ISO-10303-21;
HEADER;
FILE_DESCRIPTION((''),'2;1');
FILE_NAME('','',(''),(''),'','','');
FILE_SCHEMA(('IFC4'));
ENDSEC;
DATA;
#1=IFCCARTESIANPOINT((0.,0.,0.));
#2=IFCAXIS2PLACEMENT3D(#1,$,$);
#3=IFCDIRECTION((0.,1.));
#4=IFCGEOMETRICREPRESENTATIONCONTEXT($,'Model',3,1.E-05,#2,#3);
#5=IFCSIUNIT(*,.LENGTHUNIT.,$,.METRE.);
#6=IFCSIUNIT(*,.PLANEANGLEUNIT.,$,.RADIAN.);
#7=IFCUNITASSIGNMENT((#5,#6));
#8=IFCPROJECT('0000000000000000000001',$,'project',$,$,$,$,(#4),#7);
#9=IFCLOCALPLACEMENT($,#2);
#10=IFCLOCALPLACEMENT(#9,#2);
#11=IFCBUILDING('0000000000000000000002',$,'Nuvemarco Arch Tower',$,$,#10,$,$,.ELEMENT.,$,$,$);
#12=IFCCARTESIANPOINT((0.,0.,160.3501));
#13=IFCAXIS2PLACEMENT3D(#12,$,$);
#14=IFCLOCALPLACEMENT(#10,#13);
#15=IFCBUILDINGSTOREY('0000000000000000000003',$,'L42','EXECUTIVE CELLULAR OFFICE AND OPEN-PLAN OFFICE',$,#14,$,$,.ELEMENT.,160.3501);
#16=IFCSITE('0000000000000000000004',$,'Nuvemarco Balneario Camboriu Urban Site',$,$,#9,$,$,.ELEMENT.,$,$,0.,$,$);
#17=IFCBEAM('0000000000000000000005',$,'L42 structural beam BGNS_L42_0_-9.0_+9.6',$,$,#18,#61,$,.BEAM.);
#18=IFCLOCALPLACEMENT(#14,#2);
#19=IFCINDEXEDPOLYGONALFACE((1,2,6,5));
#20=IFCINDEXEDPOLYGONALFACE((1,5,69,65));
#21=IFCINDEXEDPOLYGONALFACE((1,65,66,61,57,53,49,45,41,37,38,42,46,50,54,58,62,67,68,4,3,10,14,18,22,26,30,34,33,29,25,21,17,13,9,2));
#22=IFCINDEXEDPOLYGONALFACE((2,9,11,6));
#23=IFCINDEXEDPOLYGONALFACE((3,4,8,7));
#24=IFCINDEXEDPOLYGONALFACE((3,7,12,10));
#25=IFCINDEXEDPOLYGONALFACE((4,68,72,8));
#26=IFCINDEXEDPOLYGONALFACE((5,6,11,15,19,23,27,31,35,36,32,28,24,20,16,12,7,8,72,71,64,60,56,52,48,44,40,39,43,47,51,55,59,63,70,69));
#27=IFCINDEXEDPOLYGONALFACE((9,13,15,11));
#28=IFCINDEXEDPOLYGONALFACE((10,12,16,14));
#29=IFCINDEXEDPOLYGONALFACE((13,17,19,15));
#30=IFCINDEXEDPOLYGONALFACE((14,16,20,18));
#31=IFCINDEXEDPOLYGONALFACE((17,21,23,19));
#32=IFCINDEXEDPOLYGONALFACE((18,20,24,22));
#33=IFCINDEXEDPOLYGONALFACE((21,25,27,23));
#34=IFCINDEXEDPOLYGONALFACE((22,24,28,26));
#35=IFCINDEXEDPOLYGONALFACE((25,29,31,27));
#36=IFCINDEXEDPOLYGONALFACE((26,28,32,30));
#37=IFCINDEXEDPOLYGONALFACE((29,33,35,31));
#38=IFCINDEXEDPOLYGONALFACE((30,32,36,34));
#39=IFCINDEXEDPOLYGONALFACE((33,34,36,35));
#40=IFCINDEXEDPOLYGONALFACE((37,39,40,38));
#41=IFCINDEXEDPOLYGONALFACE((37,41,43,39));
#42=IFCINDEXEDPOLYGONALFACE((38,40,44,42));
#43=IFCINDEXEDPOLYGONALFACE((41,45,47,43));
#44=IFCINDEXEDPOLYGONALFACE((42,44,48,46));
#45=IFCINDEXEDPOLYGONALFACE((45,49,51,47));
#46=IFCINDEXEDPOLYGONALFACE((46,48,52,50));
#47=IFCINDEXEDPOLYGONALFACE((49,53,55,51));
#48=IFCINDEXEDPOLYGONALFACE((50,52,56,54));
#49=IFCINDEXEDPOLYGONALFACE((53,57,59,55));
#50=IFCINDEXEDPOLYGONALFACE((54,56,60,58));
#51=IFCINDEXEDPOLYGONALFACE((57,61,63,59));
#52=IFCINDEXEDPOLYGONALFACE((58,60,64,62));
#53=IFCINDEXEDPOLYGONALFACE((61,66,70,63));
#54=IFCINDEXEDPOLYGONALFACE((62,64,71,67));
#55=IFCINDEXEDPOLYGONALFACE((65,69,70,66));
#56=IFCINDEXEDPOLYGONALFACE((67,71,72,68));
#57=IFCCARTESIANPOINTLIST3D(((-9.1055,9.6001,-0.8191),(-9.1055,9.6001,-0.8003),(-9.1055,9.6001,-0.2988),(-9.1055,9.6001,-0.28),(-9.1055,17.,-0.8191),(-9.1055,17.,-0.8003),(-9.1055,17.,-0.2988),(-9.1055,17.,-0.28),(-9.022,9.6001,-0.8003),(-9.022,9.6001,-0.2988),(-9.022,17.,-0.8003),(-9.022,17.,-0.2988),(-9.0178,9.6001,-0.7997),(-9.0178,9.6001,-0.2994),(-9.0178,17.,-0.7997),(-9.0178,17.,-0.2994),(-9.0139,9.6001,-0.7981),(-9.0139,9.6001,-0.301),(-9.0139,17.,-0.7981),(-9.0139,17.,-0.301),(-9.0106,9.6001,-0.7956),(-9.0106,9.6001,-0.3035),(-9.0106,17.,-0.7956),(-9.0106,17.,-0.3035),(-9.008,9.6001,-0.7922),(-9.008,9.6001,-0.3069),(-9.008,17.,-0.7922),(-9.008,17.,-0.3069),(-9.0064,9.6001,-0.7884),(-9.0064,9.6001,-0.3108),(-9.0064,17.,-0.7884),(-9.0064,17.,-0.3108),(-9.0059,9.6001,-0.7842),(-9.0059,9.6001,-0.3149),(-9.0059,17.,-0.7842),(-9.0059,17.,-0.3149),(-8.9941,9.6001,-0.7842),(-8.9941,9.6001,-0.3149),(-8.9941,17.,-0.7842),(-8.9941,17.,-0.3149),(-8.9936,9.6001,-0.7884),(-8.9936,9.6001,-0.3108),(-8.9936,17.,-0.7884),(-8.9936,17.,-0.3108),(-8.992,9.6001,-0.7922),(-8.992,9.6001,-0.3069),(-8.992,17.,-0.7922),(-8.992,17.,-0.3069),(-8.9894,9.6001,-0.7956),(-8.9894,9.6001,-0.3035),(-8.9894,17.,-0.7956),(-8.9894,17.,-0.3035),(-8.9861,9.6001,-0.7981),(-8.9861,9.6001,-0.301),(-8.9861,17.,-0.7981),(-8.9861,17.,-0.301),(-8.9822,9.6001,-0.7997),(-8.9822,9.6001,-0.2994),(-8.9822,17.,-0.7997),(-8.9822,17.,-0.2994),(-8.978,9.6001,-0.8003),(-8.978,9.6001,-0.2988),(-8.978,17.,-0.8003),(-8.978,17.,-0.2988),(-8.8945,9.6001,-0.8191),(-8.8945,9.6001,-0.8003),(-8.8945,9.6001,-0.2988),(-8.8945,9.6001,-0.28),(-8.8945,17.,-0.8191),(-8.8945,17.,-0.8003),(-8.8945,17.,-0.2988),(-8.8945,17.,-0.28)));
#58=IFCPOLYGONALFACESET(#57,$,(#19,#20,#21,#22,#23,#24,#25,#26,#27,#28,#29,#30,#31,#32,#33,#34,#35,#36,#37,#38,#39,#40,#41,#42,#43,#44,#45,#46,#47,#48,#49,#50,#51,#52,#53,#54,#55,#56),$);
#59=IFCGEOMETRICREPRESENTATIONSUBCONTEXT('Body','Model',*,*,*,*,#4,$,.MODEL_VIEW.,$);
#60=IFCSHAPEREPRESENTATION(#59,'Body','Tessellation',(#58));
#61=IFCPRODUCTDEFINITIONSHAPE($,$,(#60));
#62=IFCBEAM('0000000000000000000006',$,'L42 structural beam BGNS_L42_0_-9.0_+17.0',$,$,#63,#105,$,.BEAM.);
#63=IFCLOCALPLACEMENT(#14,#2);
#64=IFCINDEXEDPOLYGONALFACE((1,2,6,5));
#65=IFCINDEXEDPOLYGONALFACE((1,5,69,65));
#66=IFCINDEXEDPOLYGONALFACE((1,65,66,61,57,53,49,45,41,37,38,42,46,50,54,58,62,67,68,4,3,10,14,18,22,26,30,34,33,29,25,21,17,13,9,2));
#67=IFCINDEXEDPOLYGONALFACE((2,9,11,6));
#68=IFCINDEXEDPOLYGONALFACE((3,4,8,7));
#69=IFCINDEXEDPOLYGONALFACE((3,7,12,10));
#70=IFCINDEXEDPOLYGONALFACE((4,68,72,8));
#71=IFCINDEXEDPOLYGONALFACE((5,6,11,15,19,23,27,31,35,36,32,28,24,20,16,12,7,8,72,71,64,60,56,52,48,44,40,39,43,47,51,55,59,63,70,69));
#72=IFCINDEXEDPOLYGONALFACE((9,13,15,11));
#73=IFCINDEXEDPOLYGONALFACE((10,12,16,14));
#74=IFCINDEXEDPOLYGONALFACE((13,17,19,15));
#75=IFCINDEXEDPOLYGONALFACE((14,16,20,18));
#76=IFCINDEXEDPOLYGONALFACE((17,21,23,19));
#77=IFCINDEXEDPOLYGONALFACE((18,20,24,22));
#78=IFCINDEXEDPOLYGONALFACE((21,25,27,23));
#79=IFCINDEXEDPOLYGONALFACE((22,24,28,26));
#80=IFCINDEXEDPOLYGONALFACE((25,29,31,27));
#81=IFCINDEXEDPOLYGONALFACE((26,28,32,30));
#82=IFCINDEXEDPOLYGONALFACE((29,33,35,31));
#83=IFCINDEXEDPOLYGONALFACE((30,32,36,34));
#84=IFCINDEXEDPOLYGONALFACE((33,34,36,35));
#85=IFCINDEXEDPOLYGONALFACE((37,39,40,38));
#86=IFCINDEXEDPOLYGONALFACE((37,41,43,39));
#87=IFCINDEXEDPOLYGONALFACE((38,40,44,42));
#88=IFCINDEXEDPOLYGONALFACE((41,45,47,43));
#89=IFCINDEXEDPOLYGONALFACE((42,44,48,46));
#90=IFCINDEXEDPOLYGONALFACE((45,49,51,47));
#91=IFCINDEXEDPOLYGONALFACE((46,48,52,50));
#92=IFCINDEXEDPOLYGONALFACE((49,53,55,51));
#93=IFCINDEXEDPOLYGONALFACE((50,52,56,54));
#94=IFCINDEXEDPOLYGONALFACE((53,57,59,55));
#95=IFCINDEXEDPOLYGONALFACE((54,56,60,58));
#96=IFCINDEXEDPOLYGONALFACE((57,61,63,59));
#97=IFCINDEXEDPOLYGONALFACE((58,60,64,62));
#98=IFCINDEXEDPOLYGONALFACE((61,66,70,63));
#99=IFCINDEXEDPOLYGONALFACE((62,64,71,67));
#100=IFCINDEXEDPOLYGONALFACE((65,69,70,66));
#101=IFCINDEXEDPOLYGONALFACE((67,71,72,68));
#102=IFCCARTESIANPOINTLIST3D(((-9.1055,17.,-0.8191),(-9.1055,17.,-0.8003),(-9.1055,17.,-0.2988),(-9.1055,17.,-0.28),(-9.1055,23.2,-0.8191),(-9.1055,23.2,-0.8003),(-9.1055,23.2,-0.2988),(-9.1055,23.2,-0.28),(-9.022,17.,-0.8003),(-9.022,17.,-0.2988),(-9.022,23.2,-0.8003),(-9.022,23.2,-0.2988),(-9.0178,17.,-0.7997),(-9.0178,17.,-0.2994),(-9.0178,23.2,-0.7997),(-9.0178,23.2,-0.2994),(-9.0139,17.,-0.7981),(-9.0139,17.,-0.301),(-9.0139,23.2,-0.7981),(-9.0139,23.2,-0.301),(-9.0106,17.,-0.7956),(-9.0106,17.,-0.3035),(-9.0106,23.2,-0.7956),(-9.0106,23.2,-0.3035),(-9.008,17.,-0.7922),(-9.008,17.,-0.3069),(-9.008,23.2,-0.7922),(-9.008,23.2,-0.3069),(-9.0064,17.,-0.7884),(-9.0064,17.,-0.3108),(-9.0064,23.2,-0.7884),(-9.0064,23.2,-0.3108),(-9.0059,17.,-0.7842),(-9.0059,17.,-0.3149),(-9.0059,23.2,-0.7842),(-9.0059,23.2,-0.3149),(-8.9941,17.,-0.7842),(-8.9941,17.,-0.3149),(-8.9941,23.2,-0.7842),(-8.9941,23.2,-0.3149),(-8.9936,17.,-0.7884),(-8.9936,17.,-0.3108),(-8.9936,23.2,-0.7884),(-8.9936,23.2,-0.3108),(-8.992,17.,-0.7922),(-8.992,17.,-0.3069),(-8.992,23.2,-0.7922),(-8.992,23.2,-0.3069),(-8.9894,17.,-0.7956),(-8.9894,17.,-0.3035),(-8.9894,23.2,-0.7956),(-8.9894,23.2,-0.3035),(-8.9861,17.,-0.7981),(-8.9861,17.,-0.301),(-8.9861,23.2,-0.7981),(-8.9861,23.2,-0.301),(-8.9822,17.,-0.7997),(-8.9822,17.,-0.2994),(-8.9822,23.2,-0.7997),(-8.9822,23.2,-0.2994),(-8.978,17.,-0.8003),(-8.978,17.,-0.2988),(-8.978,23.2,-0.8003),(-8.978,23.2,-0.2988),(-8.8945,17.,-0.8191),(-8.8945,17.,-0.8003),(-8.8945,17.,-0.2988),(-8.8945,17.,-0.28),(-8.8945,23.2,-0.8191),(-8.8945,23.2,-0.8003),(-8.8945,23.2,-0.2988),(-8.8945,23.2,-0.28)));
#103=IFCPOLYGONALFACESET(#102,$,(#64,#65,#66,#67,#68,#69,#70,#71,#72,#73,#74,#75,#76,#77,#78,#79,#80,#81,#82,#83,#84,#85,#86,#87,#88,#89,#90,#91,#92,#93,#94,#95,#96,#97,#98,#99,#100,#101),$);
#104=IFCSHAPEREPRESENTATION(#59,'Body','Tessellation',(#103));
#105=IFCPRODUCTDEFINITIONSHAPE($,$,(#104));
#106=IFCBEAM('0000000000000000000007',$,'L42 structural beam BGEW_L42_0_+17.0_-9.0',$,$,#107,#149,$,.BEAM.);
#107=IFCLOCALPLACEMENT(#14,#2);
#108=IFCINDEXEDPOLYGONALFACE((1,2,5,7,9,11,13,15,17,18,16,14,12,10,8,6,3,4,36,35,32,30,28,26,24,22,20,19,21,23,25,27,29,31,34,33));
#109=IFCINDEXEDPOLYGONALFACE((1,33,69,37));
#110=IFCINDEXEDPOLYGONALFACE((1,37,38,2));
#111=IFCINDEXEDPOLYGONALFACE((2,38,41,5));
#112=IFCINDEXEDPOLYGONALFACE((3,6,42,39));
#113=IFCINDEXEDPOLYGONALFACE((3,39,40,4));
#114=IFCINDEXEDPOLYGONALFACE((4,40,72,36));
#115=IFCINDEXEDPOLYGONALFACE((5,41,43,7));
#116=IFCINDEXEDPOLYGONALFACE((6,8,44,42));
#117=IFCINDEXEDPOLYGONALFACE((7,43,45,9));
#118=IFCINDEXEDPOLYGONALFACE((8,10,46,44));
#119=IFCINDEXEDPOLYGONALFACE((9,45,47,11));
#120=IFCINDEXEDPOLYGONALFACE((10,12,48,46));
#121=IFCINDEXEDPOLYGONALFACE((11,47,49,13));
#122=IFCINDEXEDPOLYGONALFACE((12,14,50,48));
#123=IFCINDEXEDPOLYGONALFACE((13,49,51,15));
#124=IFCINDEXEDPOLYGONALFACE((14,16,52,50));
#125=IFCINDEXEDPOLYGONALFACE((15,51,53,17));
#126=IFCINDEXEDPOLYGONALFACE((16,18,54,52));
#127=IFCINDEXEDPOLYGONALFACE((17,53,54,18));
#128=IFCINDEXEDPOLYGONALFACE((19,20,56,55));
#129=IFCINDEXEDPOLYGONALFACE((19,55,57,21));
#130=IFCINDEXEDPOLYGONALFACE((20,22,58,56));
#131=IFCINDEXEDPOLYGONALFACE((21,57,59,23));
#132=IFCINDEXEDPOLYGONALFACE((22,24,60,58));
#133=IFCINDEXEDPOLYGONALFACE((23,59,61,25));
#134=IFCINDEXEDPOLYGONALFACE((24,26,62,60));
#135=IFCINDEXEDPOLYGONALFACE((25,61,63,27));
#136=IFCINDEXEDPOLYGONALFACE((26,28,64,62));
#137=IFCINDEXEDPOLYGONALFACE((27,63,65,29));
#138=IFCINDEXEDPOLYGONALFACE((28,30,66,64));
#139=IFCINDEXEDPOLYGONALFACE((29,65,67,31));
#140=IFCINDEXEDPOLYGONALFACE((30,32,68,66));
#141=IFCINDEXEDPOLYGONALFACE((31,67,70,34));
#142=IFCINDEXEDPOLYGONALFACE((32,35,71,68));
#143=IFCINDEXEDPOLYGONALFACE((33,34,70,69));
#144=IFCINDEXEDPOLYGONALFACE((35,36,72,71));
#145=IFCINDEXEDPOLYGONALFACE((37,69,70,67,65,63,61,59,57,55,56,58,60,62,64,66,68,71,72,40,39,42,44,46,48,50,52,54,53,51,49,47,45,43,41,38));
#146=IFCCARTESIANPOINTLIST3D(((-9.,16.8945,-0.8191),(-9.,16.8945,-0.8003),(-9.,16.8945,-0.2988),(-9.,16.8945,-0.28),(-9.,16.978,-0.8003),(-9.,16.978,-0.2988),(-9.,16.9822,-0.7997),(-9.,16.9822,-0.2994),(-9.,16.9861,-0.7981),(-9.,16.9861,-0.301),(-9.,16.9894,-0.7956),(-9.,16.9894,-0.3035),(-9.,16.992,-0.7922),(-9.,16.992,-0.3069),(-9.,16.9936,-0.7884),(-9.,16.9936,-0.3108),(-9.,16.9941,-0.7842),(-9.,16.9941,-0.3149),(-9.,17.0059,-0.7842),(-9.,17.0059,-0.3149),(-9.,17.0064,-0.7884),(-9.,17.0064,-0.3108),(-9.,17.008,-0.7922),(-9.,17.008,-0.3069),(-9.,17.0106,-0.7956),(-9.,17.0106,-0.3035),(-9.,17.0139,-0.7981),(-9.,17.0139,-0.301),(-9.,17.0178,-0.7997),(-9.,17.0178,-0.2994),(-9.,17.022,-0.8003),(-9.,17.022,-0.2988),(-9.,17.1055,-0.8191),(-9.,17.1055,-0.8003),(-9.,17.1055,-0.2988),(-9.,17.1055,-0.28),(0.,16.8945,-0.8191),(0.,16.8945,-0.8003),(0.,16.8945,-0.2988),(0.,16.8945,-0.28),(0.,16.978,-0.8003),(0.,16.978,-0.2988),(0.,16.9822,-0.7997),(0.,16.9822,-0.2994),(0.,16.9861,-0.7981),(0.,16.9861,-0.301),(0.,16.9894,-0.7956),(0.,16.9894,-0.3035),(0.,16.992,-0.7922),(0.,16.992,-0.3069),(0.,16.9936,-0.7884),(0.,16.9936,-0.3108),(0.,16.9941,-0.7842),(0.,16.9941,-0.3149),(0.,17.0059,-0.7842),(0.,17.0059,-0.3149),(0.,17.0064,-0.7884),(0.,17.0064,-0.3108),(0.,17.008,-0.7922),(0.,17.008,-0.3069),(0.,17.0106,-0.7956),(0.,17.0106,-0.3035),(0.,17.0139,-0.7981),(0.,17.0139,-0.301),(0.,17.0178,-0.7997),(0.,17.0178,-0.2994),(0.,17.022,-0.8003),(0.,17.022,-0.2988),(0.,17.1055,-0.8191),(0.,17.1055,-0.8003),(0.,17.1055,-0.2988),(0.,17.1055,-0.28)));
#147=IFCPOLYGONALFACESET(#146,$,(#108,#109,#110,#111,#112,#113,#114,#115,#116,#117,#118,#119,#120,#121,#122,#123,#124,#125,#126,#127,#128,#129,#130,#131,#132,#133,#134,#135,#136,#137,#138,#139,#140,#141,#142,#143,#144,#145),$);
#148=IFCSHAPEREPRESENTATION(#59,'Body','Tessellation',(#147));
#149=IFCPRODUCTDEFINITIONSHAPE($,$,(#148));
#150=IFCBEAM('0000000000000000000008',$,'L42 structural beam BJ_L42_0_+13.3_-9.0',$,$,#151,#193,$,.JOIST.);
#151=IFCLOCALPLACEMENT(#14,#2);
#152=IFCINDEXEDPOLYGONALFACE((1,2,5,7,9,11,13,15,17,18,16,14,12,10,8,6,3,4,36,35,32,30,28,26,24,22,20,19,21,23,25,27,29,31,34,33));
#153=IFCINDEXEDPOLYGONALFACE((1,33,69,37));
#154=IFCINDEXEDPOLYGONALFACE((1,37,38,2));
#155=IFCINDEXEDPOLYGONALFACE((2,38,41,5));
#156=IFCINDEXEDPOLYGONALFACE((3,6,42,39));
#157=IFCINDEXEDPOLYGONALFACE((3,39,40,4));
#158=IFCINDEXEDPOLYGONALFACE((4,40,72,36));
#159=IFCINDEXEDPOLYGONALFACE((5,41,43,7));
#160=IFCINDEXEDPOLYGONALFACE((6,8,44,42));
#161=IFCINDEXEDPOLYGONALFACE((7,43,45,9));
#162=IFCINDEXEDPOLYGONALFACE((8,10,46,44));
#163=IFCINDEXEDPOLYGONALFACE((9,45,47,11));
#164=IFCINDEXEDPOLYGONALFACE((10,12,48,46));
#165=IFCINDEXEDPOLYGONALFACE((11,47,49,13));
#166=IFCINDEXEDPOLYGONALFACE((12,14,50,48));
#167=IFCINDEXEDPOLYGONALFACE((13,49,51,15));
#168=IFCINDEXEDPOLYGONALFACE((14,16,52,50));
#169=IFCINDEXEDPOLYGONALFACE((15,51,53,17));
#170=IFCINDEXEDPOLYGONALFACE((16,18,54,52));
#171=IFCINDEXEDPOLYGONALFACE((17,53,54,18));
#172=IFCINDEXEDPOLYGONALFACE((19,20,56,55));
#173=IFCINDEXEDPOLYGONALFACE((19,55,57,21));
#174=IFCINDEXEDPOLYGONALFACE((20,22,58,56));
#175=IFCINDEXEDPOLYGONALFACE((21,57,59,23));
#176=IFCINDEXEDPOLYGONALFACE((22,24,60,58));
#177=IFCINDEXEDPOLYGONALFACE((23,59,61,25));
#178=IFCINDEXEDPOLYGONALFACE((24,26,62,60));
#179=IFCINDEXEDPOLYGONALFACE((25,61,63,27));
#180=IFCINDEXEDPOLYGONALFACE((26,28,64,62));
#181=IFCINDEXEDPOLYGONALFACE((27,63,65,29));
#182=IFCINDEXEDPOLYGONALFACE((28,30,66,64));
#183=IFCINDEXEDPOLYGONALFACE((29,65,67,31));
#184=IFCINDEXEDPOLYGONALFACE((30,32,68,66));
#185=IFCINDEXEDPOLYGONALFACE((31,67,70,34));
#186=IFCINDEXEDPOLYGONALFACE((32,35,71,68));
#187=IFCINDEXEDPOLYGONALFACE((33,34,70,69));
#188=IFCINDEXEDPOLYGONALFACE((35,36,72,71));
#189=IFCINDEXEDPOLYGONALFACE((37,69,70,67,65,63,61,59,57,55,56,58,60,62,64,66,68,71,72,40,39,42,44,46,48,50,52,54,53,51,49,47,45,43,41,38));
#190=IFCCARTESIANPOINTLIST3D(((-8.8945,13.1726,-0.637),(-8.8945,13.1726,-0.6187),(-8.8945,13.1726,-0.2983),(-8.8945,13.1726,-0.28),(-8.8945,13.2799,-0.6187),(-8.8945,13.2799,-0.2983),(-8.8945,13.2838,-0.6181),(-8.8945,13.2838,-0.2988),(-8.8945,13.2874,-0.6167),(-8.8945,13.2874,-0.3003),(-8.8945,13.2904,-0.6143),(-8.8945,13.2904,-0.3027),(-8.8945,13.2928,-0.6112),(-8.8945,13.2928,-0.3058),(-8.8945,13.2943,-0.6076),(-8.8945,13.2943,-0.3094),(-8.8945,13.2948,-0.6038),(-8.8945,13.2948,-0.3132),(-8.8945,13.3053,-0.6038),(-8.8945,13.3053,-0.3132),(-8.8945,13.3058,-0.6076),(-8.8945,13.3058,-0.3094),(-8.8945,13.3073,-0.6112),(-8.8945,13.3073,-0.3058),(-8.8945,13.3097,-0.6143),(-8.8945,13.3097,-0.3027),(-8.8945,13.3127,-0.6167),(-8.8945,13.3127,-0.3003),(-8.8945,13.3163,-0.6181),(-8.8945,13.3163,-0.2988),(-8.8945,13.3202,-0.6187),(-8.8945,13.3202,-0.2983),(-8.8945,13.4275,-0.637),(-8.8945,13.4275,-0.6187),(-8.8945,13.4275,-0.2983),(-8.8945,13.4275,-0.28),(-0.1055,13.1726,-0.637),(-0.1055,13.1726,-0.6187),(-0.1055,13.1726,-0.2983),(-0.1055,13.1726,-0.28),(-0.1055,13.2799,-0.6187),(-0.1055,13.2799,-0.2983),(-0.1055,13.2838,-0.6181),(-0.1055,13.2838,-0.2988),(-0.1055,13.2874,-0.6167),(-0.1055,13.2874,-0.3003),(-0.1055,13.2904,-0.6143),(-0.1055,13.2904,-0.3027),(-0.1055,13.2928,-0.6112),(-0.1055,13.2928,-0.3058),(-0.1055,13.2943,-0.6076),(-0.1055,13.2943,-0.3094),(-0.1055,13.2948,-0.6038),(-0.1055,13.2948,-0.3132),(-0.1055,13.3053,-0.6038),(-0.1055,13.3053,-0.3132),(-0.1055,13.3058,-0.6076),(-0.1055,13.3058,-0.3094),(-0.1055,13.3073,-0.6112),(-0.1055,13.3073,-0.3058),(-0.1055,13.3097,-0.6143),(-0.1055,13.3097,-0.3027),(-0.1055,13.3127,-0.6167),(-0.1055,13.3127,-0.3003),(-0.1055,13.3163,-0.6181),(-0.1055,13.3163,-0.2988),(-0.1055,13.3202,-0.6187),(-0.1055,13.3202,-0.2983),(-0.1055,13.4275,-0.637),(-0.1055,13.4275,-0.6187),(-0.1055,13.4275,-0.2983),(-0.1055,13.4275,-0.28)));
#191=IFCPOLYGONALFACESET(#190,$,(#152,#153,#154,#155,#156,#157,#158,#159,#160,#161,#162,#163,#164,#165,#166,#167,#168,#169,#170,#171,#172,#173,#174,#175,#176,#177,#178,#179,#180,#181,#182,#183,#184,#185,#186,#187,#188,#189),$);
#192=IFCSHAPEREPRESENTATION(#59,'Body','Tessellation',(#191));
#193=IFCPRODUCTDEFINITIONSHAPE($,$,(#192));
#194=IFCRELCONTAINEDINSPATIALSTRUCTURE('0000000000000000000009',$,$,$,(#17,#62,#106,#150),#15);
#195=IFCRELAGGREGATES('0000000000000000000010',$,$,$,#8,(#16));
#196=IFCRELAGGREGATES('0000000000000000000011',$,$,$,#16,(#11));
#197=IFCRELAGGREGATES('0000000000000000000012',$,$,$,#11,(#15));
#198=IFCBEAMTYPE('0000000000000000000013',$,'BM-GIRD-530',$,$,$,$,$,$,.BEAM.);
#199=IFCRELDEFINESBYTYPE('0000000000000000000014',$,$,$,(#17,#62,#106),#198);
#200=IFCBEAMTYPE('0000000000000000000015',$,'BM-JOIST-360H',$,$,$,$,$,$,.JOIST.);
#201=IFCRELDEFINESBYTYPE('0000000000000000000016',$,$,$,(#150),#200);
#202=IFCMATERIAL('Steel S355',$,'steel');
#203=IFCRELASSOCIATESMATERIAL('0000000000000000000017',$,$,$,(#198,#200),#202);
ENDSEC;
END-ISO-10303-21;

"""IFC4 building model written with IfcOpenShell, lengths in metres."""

from ifc_helpers import new_model, si_unit, direction, frame, origin, origin_2d, place, context, subcontext, project, spatial, i_section, extrude, material, material_profile, profile_set, type_object, element, save


model = new_model("IFC4")

# Units and contexts
model_context = context("Model", 3, precision=1e-05, world=origin(), true_north=direction((0.0, 1.0)))
body_context = subcontext(model_context, "Body", "Model", "MODEL_VIEW")
ifc_project = project(units=[si_unit("LENGTHUNIT", "METRE"), si_unit("PLANEANGLEUNIT", "RADIAN")], contexts=[model_context])

# Site, building, storey
site_placement = place(None, origin())
site = spatial("IfcSite", under=ifc_project, at=site_placement, Name="Nuvemarco Balneario Camboriu Urban Site", CompositionType="ELEMENT", RefElevation=0.0)
building_placement = place(site_placement, origin())
building = spatial("IfcBuilding", under=site, at=building_placement, Name="Nuvemarco Arch Tower", CompositionType="ELEMENT")
storey_placement = place(building_placement, frame((0.0, 0.0, 160.3501)))
storey = spatial("IfcBuildingStorey", under=building, at=storey_placement, Name="L42", Description="EXECUTIVE CELLULAR OFFICE AND OPEN-PLAN OFFICE", CompositionType="ELEMENT", Elevation=160.3501)

# Shared definitions
ifc_material_1 = material(Name="Steel S355", Category="steel")

# Beams
ifc_material_profile_1 = material_profile(ifc_material_1, i_section(OverallWidth=0.2109, OverallDepth=0.5391, WebThickness=0.0117, FlangeThickness=0.0188, FilletRadius=0.0161, at=origin_2d()), Name="W530x109")
ifc_profile_set_1 = profile_set([ifc_material_profile_1], Name="Steel S355")
beam_type_1 = type_object("IfcBeamType", Name="BM-GIRD-530", PredefinedType="BEAM", material=ifc_profile_set_1)
beam_1_placement = place(storey_placement, frame((-9.0, 9.6001, -0.5496), z_axis=(0.0, 1.0, 0.0), x_axis=(-1.0, 0.0, 0.0)))
element("IfcBeam", 1, at=beam_1_placement, inside=storey, type_object=beam_type_1, Name="L42 structural beam BGNS_L42_0_-9.0_+9.6", PredefinedType="BEAM", context=body_context, shape_type="SweptSolid", body=[
    extrude(i_section(OverallWidth=0.2109, OverallDepth=0.5391, WebThickness=0.0117, FlangeThickness=0.0188, FilletRadius=0.0161, at=origin_2d()), origin(), (0.0, 0.0, 1.0), 7.3999),
])
beam_2_placement = place(storey_placement, frame((-9.0, 17.0, -0.5496), z_axis=(0.0, 1.0, 0.0), x_axis=(-1.0, 0.0, 0.0)))
element("IfcBeam", 2, at=beam_2_placement, inside=storey, type_object=beam_type_1, Name="L42 structural beam BGNS_L42_0_-9.0_+17.0", PredefinedType="BEAM", context=body_context, shape_type="SweptSolid", body=[
    extrude(i_section(OverallWidth=0.2109, OverallDepth=0.5391, WebThickness=0.0117, FlangeThickness=0.0188, FilletRadius=0.0161, at=origin_2d()), origin(), (0.0, 0.0, 1.0), 6.2),
])
beam_3_placement = place(storey_placement, frame((-9.0, 17.0, -0.5496), z_axis=(1.0, 0.0, 0.0), x_axis=(0.0, 1.0, 0.0)))
element("IfcBeam", 3, at=beam_3_placement, inside=storey, type_object=beam_type_1, Name="L42 structural beam BGEW_L42_0_+17.0_-9.0", PredefinedType="BEAM", context=body_context, shape_type="SweptSolid", body=[
    extrude(i_section(OverallWidth=0.2109, OverallDepth=0.5391, WebThickness=0.0117, FlangeThickness=0.0188, FilletRadius=0.0161, at=origin_2d()), origin(), (0.0, 0.0, 1.0), 9.0),
])
ifc_material_profile_2 = material_profile(ifc_material_1, i_section(OverallWidth=0.2549, OverallDepth=0.3569, WebThickness=0.0105, FlangeThickness=0.0183, FilletRadius=0.0149, at=origin_2d()), Name="W360x101")
ifc_profile_set_2 = profile_set([ifc_material_profile_2], Name="Steel S355")
beam_type_2 = type_object("IfcBeamType", Name="BM-JOIST-360H", PredefinedType="JOIST", material=ifc_profile_set_2)
beam_4_placement = place(storey_placement, frame((-8.8945, 13.3, -0.4585), z_axis=(1.0, 0.0, 0.0), x_axis=(0.0, 1.0, 0.0)))
element("IfcBeam", 4, at=beam_4_placement, inside=storey, type_object=beam_type_2, Name="L42 structural beam BJ_L42_0_+13.3_-9.0", PredefinedType="JOIST", context=body_context, shape_type="SweptSolid", body=[
    extrude(i_section(OverallWidth=0.2549, OverallDepth=0.3569, WebThickness=0.0105, FlangeThickness=0.0183, FilletRadius=0.0149, at=origin_2d()), origin(), (0.0, 0.0, 1.0), 8.7891),
])

save(model, "model.ifc")
